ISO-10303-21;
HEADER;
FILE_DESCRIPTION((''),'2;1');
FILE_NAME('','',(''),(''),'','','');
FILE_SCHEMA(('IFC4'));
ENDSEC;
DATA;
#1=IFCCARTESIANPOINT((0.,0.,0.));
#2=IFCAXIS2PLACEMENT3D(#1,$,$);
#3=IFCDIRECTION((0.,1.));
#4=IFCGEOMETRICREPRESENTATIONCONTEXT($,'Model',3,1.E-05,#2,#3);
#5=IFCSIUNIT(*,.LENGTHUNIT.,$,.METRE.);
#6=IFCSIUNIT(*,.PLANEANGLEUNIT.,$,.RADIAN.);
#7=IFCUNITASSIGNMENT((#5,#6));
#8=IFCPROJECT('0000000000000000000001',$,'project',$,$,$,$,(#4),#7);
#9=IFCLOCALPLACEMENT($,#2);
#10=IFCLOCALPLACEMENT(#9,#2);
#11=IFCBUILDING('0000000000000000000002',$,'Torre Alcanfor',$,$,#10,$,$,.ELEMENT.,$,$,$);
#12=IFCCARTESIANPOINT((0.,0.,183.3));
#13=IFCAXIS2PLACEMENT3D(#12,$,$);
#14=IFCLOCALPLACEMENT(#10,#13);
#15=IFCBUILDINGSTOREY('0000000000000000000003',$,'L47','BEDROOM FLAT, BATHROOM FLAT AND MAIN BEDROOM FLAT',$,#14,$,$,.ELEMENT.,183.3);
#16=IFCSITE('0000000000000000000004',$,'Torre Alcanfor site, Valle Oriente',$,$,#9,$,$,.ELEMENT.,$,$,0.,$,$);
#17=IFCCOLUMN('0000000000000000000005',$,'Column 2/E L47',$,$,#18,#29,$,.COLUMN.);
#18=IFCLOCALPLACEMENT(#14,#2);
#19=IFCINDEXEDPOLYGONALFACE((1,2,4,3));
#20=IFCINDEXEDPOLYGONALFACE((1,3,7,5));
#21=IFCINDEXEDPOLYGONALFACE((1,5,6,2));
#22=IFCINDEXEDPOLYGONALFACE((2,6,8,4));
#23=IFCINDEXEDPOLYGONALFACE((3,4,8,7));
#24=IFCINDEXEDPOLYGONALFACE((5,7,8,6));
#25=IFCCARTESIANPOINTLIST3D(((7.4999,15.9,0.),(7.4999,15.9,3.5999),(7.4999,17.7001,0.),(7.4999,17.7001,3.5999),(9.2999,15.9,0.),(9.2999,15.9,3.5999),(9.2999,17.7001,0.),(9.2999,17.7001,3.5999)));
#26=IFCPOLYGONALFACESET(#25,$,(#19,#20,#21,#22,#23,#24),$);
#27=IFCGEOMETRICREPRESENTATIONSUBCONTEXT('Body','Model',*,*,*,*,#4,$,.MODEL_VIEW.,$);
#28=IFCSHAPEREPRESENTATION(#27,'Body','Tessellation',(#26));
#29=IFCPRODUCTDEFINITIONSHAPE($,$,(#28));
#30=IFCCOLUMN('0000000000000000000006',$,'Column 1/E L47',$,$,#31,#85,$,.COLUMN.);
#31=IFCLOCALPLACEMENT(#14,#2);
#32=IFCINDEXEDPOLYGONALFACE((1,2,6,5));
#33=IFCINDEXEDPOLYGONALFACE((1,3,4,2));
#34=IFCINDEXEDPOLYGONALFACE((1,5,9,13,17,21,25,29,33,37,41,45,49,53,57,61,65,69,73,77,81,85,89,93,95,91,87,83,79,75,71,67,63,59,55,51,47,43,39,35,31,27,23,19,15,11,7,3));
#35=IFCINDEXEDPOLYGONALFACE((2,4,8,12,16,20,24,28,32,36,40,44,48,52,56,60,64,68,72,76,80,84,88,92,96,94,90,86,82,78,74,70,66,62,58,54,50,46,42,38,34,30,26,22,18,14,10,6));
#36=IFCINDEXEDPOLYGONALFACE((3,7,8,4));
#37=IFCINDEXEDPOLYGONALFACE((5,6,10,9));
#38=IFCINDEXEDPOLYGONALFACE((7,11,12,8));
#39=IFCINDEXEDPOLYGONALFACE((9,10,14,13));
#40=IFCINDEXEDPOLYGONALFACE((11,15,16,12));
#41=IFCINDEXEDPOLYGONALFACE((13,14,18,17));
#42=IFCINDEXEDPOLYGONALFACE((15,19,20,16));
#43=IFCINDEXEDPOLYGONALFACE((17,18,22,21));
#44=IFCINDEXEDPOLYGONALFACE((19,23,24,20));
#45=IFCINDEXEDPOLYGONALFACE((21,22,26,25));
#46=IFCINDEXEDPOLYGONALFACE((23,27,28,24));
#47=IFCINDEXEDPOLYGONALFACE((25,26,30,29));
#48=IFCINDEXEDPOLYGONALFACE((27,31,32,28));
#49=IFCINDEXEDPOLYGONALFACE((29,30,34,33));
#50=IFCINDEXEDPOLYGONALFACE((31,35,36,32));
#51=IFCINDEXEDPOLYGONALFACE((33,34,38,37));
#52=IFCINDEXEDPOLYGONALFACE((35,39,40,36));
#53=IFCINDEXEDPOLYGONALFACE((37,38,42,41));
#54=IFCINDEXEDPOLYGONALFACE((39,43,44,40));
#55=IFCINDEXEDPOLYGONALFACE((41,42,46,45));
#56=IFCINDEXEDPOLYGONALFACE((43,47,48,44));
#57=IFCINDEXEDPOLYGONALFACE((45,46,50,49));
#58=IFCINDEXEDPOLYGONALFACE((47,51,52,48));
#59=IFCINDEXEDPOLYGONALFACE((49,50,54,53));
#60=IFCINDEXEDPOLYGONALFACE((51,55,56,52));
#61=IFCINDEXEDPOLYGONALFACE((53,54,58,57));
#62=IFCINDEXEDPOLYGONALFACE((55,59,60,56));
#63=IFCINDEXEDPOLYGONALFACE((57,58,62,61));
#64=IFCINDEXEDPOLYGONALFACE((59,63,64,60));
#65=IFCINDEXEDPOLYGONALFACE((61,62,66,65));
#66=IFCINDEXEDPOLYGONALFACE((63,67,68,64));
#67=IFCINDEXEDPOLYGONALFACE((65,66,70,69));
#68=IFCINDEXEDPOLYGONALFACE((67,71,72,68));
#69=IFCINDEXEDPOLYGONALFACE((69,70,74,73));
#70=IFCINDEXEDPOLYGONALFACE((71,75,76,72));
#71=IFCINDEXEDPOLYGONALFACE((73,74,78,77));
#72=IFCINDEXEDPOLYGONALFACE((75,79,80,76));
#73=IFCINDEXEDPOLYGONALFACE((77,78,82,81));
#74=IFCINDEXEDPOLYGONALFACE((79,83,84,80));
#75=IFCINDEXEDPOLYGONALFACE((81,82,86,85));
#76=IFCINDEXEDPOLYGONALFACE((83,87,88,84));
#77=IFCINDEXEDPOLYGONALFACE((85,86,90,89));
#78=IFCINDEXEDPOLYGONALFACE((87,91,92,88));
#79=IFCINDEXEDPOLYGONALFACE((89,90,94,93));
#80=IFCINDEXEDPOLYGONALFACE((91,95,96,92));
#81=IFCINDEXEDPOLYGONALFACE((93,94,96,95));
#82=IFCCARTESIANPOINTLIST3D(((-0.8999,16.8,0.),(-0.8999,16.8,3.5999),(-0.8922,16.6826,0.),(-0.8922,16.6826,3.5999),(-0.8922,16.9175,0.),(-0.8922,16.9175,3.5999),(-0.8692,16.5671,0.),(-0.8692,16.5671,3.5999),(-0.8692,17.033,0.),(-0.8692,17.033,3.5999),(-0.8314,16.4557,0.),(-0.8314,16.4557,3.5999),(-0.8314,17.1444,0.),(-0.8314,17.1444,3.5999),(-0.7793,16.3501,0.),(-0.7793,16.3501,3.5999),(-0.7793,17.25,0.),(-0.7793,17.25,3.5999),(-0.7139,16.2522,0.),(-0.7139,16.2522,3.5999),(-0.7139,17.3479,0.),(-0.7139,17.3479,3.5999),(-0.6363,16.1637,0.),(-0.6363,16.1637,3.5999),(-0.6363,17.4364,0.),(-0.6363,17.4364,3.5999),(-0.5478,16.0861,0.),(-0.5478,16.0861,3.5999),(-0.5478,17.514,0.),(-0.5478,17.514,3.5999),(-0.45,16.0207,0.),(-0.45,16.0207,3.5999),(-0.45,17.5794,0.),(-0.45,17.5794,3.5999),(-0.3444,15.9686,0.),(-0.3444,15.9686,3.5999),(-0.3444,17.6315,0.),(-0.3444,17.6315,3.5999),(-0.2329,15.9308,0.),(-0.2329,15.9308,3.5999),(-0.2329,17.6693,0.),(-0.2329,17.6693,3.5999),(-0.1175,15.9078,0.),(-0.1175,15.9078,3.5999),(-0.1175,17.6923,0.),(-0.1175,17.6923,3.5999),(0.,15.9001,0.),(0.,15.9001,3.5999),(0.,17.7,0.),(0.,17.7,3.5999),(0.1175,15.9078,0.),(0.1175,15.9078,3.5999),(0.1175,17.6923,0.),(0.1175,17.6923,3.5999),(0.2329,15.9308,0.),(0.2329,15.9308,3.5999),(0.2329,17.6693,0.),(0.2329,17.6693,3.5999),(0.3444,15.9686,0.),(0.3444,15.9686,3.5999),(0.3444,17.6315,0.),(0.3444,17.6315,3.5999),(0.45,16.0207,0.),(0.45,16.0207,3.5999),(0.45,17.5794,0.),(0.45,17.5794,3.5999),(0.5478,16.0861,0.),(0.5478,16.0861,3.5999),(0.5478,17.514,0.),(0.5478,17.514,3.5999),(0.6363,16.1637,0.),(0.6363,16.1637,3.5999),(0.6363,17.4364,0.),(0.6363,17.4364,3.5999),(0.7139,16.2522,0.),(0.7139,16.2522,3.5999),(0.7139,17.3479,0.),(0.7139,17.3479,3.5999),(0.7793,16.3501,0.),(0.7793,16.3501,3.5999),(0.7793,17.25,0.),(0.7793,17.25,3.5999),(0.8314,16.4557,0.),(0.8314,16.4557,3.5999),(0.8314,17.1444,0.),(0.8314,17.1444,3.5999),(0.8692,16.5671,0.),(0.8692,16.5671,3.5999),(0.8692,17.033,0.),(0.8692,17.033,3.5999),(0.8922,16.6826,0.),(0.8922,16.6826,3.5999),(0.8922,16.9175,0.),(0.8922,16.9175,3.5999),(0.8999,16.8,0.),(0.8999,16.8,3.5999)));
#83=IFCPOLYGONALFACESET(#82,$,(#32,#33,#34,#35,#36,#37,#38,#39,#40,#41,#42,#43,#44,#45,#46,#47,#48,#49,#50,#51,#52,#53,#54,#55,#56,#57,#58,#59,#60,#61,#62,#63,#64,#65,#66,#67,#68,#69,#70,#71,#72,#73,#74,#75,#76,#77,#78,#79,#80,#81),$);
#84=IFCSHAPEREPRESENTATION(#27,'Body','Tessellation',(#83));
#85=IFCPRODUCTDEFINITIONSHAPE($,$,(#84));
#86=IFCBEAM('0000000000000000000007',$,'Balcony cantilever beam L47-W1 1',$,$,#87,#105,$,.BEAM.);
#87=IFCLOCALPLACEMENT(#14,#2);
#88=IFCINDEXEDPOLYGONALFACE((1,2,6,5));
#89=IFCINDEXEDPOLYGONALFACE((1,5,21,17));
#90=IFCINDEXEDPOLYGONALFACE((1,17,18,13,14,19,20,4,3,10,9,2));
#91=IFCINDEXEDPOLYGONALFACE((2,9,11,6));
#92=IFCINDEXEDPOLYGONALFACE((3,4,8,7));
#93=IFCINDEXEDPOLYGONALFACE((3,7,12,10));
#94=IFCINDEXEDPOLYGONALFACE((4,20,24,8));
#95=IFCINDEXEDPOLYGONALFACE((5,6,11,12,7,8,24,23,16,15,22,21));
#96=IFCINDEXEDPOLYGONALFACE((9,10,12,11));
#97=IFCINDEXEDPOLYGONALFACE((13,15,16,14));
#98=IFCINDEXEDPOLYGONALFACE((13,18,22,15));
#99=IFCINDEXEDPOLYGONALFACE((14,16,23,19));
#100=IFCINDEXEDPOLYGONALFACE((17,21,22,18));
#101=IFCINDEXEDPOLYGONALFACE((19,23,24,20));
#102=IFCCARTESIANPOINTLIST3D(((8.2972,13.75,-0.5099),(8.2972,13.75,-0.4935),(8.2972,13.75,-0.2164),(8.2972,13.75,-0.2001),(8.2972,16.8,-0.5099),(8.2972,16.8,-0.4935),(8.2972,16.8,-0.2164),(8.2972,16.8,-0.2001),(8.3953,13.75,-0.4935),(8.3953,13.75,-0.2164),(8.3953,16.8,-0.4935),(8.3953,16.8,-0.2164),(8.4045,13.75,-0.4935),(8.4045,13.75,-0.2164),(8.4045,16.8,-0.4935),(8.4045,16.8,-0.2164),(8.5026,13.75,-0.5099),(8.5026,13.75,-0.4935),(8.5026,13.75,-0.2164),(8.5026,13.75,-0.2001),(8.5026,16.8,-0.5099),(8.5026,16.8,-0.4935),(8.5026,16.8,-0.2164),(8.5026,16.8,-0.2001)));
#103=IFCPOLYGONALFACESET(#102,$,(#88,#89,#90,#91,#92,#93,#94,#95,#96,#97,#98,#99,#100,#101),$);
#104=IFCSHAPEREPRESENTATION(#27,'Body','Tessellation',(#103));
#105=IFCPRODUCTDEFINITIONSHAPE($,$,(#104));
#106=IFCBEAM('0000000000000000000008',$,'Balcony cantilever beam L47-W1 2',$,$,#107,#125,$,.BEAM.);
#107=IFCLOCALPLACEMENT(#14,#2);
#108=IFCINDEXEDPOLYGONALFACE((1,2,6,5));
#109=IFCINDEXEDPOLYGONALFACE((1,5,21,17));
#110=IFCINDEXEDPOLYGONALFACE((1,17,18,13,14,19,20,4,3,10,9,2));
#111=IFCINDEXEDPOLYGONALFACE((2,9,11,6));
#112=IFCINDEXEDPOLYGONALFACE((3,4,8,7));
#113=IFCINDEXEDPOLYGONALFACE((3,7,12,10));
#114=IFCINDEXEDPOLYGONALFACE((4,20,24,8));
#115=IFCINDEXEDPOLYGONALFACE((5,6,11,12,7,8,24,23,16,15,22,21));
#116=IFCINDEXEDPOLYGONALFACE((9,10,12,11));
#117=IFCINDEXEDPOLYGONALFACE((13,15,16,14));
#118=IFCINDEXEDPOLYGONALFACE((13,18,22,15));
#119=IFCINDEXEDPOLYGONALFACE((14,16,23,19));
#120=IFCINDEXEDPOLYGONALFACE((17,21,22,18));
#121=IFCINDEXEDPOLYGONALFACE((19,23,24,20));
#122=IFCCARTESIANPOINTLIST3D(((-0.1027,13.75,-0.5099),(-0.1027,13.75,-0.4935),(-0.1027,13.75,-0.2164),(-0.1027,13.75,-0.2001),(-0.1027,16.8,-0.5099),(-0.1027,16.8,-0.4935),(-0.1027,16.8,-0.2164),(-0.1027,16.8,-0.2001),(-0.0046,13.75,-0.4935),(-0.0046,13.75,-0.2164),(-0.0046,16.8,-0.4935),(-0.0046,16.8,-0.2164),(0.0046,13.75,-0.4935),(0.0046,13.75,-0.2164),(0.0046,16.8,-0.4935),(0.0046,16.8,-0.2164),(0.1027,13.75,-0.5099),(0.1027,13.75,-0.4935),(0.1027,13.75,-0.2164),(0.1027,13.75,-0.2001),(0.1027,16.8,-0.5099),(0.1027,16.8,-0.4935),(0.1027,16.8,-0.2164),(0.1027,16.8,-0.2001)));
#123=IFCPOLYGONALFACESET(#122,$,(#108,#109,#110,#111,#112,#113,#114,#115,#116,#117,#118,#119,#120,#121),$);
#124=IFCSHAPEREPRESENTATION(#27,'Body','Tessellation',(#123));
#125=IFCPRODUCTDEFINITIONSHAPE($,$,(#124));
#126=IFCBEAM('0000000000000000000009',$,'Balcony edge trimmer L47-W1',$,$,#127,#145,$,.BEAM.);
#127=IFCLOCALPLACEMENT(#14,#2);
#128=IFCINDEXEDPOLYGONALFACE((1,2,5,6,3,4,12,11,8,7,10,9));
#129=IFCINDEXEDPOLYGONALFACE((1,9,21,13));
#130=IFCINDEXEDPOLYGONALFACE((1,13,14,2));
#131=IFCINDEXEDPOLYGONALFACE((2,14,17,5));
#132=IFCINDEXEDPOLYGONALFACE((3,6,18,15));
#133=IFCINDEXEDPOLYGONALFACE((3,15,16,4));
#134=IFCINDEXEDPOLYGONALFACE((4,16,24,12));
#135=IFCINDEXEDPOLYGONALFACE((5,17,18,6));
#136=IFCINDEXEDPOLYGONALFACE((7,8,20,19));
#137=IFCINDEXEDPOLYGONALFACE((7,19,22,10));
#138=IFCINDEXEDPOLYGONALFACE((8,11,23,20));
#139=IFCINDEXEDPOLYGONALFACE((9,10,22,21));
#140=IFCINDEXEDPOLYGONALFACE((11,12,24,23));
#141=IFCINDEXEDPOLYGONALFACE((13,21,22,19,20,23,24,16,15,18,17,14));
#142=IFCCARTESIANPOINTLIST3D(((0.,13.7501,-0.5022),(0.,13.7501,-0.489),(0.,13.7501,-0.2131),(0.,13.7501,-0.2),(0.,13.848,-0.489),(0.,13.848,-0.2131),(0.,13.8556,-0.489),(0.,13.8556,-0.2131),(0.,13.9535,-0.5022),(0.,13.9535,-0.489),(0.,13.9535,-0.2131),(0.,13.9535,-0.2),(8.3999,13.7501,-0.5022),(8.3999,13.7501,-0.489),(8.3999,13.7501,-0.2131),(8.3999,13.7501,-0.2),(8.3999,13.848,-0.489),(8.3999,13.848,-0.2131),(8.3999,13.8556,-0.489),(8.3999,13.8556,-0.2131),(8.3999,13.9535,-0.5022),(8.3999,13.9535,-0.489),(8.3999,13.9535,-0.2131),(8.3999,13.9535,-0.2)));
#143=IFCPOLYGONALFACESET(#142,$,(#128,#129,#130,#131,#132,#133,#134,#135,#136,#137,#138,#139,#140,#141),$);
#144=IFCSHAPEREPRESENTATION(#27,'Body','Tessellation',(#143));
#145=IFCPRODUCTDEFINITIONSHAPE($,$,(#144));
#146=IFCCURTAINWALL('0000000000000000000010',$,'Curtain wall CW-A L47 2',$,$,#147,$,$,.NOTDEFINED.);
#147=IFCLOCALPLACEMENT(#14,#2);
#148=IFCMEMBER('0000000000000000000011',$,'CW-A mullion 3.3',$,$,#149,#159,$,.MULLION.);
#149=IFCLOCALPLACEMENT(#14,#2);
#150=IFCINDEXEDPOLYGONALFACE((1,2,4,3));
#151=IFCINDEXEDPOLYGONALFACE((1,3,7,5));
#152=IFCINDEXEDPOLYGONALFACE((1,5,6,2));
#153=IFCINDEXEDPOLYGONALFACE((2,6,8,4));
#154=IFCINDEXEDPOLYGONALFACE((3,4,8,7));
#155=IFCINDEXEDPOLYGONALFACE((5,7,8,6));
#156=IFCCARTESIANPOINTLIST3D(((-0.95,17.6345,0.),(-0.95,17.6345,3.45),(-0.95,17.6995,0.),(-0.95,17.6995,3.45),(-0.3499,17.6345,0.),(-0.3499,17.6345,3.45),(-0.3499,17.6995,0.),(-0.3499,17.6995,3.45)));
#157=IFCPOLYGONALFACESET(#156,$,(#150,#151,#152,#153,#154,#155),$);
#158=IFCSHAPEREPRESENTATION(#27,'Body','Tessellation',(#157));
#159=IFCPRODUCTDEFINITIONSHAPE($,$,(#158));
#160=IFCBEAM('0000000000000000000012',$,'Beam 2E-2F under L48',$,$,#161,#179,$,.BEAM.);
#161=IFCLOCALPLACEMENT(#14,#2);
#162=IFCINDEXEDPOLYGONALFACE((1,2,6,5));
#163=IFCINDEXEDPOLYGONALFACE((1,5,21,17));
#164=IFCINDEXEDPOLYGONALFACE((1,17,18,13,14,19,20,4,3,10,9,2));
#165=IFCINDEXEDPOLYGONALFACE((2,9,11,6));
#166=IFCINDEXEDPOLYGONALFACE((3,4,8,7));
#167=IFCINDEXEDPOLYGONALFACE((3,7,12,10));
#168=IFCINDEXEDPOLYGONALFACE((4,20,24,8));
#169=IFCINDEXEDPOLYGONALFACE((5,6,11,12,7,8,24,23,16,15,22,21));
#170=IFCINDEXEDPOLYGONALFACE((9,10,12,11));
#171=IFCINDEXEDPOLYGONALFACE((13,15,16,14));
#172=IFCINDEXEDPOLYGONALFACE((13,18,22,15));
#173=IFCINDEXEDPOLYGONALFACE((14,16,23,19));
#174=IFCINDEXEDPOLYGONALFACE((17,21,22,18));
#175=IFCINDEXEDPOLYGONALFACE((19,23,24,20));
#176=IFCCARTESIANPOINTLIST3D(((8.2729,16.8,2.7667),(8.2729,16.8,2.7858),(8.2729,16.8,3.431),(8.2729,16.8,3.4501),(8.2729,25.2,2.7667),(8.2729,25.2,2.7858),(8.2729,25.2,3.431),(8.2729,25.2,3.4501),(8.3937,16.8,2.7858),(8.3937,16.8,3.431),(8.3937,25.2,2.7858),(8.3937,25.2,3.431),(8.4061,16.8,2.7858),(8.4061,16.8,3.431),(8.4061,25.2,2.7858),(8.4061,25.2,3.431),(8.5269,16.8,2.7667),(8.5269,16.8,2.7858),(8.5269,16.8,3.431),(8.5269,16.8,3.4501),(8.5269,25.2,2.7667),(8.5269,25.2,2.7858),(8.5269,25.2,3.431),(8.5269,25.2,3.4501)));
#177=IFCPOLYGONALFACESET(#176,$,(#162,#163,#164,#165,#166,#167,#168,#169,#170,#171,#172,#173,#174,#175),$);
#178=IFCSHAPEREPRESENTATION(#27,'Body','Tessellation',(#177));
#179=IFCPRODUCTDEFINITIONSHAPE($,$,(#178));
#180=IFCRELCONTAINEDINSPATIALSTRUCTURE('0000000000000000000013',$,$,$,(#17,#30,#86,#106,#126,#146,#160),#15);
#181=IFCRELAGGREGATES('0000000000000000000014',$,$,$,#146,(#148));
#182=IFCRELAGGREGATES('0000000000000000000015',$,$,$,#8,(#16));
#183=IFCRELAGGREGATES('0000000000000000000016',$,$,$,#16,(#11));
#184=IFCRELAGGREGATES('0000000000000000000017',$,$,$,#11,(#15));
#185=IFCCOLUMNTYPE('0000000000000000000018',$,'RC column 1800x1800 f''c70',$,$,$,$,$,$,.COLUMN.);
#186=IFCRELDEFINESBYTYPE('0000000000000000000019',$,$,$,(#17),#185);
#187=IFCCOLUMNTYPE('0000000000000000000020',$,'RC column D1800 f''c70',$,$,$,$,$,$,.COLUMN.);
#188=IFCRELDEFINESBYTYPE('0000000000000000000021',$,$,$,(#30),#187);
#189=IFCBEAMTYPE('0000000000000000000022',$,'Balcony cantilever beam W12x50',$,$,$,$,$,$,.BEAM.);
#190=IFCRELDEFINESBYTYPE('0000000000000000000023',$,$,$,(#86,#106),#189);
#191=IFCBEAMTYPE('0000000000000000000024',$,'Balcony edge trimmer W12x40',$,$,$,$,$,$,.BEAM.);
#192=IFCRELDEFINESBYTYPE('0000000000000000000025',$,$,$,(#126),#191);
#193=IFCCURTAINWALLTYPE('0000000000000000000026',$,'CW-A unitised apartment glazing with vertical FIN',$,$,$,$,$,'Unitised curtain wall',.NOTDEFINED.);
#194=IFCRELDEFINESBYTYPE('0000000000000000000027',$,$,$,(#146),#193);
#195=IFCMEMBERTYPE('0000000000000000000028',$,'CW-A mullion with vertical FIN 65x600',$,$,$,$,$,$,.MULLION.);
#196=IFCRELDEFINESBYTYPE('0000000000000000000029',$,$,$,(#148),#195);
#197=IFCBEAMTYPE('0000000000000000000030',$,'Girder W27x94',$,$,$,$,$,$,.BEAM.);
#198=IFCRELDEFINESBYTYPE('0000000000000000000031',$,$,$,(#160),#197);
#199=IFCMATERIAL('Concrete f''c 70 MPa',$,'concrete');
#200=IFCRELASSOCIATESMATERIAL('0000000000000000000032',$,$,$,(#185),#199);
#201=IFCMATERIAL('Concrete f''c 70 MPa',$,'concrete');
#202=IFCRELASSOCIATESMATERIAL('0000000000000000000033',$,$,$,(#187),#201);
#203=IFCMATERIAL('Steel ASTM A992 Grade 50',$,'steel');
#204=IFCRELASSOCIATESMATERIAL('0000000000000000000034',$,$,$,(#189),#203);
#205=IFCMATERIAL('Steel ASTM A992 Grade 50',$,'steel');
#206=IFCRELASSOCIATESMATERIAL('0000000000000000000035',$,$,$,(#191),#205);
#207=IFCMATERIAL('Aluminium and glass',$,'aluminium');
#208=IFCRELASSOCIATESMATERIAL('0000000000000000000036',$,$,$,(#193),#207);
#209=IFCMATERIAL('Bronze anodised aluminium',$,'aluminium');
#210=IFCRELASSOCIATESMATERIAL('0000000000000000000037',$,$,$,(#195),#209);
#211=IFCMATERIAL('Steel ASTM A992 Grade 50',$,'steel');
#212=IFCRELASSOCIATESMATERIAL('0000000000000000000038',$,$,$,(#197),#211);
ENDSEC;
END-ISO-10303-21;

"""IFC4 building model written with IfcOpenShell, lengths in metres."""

from ifc_helpers import new_model, si_unit, direction, frame, origin, origin_2d, place, context, subcontext, project, spatial, rectangle, circle, i_section, extrude, material, material_profile, profile_set, type_object, element, aggregate, save


model = new_model("IFC4")

# Units and contexts
model_context = context("Model", 3, precision=1e-05, world=origin(), true_north=direction((0.0, 1.0)))
body_context = subcontext(model_context, "Body", "Model", "MODEL_VIEW")
ifc_project = project(units=[si_unit("LENGTHUNIT", "METRE"), si_unit("PLANEANGLEUNIT", "RADIAN")], contexts=[model_context])

# Site, building, storey
site_placement = place(None, origin())
site = spatial("IfcSite", under=ifc_project, at=site_placement, Name="Torre Alcanfor site, Valle Oriente", CompositionType="ELEMENT", RefElevation=0.0)
building_placement = place(site_placement, origin())
building = spatial("IfcBuilding", under=site, at=building_placement, Name="Torre Alcanfor", CompositionType="ELEMENT")
storey_placement = place(building_placement, frame((0.0, 0.0, 183.3)))
storey = spatial("IfcBuildingStorey", under=building, at=storey_placement, Name="L47", Description="BEDROOM FLAT, BATHROOM FLAT AND MAIN BEDROOM FLAT", CompositionType="ELEMENT", Elevation=183.3)

# Columns
ifc_material_1 = material(Name="Concrete f'c 70 MPa", Category="concrete")
ifc_material_profile_1 = material_profile(ifc_material_1, rectangle(XDim=1.8, YDim=1.8, at=origin_2d()), Name="1800x1800")
ifc_profile_set_1 = profile_set([ifc_material_profile_1], Name="Concrete f'c 70 MPa")
column_type_1 = type_object("IfcColumnType", Name="RC column 1800x1800 f'c70", PredefinedType="COLUMN", material=ifc_profile_set_1)
column_1_placement = place(storey_placement, frame((8.3999, 16.8, 0.0), z_axis=(0.0, 0.0, 1.0), x_axis=(1.0, 0.0, 0.0)))
element("IfcColumn", 1, at=column_1_placement, inside=storey, type_object=column_type_1, Name="Column 2/E L47", PredefinedType="COLUMN", context=body_context, shape_type="SweptSolid", body=[
    extrude(rectangle(XDim=1.8, YDim=1.8, at=origin_2d()), origin(), (0.0, 0.0, 1.0), 3.5999),
])
ifc_material_2 = material(Name="Concrete f'c 70 MPa", Category="concrete")
ifc_material_profile_2 = material_profile(ifc_material_2, circle(Radius=0.8999, at=origin_2d()), Name="D1800")
ifc_profile_set_2 = profile_set([ifc_material_profile_2], Name="Concrete f'c 70 MPa")
column_type_2 = type_object("IfcColumnType", Name="RC column D1800 f'c70", PredefinedType="COLUMN", material=ifc_profile_set_2)
column_2_placement = place(storey_placement, frame((0.0, 16.8, 0.0), z_axis=(0.0, 0.0, 1.0), x_axis=(1.0, 0.0, 0.0)))
element("IfcColumn", 2, at=column_2_placement, inside=storey, type_object=column_type_2, Name="Column 1/E L47", PredefinedType="COLUMN", context=body_context, shape_type="SweptSolid", body=[
    extrude(circle(Radius=0.8999, at=origin_2d()), origin(), (0.0, 0.0, 1.0), 3.5999),
])

# Beams
ifc_material_3 = material(Name="Steel ASTM A992 Grade 50", Category="steel")
ifc_material_profile_3 = material_profile(ifc_material_3, i_section(OverallWidth=0.2053, OverallDepth=0.3098, WebThickness=0.0093, FlangeThickness=0.0164, at=origin_2d()), Name="W12x50")
ifc_profile_set_3 = profile_set([ifc_material_profile_3], Name="Steel ASTM A992 Grade 50")
beam_type_1 = type_object("IfcBeamType", Name="Balcony cantilever beam W12x50", PredefinedType="BEAM", material=ifc_profile_set_3)
for number, where, z_axis, x_axis, name in (
    (3, (8.3999, 16.8, -0.355), (0.0, -1.0, 0.0), (1.0, 0.0, 0.0), "Balcony cantilever beam L47-W1 1"),
    (4, (0.0, 16.8, -0.355), (0.0, -1.0, 0.0), (1.0, 0.0, 0.0), "Balcony cantilever beam L47-W1 2"),
):
    element("IfcBeam", number, at=place(storey_placement, frame(where, z_axis=z_axis, x_axis=x_axis)), inside=storey, type_object=beam_type_1, Name=name, PredefinedType="BEAM", context=body_context, shape_type="SweptSolid", body=[
        extrude(i_section(OverallWidth=0.2053, OverallDepth=0.3098, WebThickness=0.0093, FlangeThickness=0.0164, at=origin_2d()), origin(), (0.0, 0.0, 1.0), 3.05),
    ])
ifc_material_4 = material(Name="Steel ASTM A992 Grade 50", Category="steel")
ifc_material_profile_4 = material_profile(ifc_material_4, i_section(OverallWidth=0.2034, OverallDepth=0.3022, WebThickness=0.0076, FlangeThickness=0.0132, at=origin_2d()), Name="W12x40")
ifc_profile_set_4 = profile_set([ifc_material_profile_4], Name="Steel ASTM A992 Grade 50")
beam_type_2 = type_object("IfcBeamType", Name="Balcony edge trimmer W12x40", PredefinedType="BEAM", material=ifc_profile_set_4)
beam_1_placement = place(storey_placement, frame((8.3999, 13.8518, -0.3511), z_axis=(-1.0, 0.0, 0.0), x_axis=(0.0, -1.0, 0.0)))
element("IfcBeam", 5, at=beam_1_placement, inside=storey, type_object=beam_type_2, Name="Balcony edge trimmer L47-W1", PredefinedType="BEAM", context=body_context, shape_type="SweptSolid", body=[
    extrude(i_section(OverallWidth=0.2034, OverallDepth=0.3022, WebThickness=0.0076, FlangeThickness=0.0132, at=origin_2d()), origin(), (0.0, 0.0, 1.0), 8.3999),
])

# Curtain wall, member
ifc_material_5 = material(Name="Aluminium and glass", Category="aluminium")
curtain_wall_type = type_object("IfcCurtainWallType", Name="CW-A unitised apartment glazing with vertical FIN", ElementType="Unitised curtain wall", PredefinedType="NOTDEFINED", material=ifc_material_5)
curtain_wall_placement = place(storey_placement, origin())
curtain_wall = element("IfcCurtainWall", 6, at=curtain_wall_placement, inside=storey, type_object=curtain_wall_type, Name="Curtain wall CW-A L47 2", PredefinedType="NOTDEFINED")
ifc_material_6 = material(Name="Bronze anodised aluminium", Category="aluminium")
ifc_material_profile_5 = material_profile(ifc_material_6, rectangle(XDim=0.6001, YDim=0.0649, at=origin_2d()), Name="CW-A mullion 65x600")
ifc_profile_set_5 = profile_set([ifc_material_profile_5], Name="Bronze anodised aluminium")
member_type = type_object("IfcMemberType", Name="CW-A mullion with vertical FIN 65x600", PredefinedType="MULLION", material=ifc_profile_set_5)
member_placement = place(storey_placement, frame((-0.6499, 17.667, 0.0), z_axis=(0.0, 0.0, 1.0), x_axis=(1.0, 0.0, 0.0)))
member = element("IfcMember", 7, at=member_placement, type_object=member_type, Name="CW-A mullion 3.3", PredefinedType="MULLION", context=body_context, shape_type="SweptSolid", body=[
    extrude(rectangle(XDim=0.6001, YDim=0.0649, at=origin_2d()), origin(), (0.0, 0.0, 1.0), 3.45),
])
aggregate(curtain_wall, [member])

# Beam
ifc_material_7 = material(Name="Steel ASTM A992 Grade 50", Category="steel")
ifc_material_profile_6 = material_profile(ifc_material_7, i_section(OverallWidth=0.2539, OverallDepth=0.6833, WebThickness=0.0125, FlangeThickness=0.019, at=origin_2d()), Name="W27x94")
ifc_profile_set_6 = profile_set([ifc_material_profile_6], Name="Steel ASTM A992 Grade 50")
beam_type_3 = type_object("IfcBeamType", Name="Girder W27x94", PredefinedType="BEAM", material=ifc_profile_set_6)
beam_2_placement = place(storey_placement, frame((8.3999, 16.8, 3.1084), z_axis=(0.0, 1.0, 0.0), x_axis=(-1.0, 0.0, 0.0)))
element("IfcBeam", 8, at=beam_2_placement, inside=storey, type_object=beam_type_3, Name="Beam 2E-2F under L48", PredefinedType="BEAM", context=body_context, shape_type="SweptSolid", body=[
    extrude(i_section(OverallWidth=0.2539, OverallDepth=0.6833, WebThickness=0.0125, FlangeThickness=0.019, at=origin_2d()), origin(), (0.0, 0.0, 1.0), 8.3999),
])

save(model, "model.ifc")
